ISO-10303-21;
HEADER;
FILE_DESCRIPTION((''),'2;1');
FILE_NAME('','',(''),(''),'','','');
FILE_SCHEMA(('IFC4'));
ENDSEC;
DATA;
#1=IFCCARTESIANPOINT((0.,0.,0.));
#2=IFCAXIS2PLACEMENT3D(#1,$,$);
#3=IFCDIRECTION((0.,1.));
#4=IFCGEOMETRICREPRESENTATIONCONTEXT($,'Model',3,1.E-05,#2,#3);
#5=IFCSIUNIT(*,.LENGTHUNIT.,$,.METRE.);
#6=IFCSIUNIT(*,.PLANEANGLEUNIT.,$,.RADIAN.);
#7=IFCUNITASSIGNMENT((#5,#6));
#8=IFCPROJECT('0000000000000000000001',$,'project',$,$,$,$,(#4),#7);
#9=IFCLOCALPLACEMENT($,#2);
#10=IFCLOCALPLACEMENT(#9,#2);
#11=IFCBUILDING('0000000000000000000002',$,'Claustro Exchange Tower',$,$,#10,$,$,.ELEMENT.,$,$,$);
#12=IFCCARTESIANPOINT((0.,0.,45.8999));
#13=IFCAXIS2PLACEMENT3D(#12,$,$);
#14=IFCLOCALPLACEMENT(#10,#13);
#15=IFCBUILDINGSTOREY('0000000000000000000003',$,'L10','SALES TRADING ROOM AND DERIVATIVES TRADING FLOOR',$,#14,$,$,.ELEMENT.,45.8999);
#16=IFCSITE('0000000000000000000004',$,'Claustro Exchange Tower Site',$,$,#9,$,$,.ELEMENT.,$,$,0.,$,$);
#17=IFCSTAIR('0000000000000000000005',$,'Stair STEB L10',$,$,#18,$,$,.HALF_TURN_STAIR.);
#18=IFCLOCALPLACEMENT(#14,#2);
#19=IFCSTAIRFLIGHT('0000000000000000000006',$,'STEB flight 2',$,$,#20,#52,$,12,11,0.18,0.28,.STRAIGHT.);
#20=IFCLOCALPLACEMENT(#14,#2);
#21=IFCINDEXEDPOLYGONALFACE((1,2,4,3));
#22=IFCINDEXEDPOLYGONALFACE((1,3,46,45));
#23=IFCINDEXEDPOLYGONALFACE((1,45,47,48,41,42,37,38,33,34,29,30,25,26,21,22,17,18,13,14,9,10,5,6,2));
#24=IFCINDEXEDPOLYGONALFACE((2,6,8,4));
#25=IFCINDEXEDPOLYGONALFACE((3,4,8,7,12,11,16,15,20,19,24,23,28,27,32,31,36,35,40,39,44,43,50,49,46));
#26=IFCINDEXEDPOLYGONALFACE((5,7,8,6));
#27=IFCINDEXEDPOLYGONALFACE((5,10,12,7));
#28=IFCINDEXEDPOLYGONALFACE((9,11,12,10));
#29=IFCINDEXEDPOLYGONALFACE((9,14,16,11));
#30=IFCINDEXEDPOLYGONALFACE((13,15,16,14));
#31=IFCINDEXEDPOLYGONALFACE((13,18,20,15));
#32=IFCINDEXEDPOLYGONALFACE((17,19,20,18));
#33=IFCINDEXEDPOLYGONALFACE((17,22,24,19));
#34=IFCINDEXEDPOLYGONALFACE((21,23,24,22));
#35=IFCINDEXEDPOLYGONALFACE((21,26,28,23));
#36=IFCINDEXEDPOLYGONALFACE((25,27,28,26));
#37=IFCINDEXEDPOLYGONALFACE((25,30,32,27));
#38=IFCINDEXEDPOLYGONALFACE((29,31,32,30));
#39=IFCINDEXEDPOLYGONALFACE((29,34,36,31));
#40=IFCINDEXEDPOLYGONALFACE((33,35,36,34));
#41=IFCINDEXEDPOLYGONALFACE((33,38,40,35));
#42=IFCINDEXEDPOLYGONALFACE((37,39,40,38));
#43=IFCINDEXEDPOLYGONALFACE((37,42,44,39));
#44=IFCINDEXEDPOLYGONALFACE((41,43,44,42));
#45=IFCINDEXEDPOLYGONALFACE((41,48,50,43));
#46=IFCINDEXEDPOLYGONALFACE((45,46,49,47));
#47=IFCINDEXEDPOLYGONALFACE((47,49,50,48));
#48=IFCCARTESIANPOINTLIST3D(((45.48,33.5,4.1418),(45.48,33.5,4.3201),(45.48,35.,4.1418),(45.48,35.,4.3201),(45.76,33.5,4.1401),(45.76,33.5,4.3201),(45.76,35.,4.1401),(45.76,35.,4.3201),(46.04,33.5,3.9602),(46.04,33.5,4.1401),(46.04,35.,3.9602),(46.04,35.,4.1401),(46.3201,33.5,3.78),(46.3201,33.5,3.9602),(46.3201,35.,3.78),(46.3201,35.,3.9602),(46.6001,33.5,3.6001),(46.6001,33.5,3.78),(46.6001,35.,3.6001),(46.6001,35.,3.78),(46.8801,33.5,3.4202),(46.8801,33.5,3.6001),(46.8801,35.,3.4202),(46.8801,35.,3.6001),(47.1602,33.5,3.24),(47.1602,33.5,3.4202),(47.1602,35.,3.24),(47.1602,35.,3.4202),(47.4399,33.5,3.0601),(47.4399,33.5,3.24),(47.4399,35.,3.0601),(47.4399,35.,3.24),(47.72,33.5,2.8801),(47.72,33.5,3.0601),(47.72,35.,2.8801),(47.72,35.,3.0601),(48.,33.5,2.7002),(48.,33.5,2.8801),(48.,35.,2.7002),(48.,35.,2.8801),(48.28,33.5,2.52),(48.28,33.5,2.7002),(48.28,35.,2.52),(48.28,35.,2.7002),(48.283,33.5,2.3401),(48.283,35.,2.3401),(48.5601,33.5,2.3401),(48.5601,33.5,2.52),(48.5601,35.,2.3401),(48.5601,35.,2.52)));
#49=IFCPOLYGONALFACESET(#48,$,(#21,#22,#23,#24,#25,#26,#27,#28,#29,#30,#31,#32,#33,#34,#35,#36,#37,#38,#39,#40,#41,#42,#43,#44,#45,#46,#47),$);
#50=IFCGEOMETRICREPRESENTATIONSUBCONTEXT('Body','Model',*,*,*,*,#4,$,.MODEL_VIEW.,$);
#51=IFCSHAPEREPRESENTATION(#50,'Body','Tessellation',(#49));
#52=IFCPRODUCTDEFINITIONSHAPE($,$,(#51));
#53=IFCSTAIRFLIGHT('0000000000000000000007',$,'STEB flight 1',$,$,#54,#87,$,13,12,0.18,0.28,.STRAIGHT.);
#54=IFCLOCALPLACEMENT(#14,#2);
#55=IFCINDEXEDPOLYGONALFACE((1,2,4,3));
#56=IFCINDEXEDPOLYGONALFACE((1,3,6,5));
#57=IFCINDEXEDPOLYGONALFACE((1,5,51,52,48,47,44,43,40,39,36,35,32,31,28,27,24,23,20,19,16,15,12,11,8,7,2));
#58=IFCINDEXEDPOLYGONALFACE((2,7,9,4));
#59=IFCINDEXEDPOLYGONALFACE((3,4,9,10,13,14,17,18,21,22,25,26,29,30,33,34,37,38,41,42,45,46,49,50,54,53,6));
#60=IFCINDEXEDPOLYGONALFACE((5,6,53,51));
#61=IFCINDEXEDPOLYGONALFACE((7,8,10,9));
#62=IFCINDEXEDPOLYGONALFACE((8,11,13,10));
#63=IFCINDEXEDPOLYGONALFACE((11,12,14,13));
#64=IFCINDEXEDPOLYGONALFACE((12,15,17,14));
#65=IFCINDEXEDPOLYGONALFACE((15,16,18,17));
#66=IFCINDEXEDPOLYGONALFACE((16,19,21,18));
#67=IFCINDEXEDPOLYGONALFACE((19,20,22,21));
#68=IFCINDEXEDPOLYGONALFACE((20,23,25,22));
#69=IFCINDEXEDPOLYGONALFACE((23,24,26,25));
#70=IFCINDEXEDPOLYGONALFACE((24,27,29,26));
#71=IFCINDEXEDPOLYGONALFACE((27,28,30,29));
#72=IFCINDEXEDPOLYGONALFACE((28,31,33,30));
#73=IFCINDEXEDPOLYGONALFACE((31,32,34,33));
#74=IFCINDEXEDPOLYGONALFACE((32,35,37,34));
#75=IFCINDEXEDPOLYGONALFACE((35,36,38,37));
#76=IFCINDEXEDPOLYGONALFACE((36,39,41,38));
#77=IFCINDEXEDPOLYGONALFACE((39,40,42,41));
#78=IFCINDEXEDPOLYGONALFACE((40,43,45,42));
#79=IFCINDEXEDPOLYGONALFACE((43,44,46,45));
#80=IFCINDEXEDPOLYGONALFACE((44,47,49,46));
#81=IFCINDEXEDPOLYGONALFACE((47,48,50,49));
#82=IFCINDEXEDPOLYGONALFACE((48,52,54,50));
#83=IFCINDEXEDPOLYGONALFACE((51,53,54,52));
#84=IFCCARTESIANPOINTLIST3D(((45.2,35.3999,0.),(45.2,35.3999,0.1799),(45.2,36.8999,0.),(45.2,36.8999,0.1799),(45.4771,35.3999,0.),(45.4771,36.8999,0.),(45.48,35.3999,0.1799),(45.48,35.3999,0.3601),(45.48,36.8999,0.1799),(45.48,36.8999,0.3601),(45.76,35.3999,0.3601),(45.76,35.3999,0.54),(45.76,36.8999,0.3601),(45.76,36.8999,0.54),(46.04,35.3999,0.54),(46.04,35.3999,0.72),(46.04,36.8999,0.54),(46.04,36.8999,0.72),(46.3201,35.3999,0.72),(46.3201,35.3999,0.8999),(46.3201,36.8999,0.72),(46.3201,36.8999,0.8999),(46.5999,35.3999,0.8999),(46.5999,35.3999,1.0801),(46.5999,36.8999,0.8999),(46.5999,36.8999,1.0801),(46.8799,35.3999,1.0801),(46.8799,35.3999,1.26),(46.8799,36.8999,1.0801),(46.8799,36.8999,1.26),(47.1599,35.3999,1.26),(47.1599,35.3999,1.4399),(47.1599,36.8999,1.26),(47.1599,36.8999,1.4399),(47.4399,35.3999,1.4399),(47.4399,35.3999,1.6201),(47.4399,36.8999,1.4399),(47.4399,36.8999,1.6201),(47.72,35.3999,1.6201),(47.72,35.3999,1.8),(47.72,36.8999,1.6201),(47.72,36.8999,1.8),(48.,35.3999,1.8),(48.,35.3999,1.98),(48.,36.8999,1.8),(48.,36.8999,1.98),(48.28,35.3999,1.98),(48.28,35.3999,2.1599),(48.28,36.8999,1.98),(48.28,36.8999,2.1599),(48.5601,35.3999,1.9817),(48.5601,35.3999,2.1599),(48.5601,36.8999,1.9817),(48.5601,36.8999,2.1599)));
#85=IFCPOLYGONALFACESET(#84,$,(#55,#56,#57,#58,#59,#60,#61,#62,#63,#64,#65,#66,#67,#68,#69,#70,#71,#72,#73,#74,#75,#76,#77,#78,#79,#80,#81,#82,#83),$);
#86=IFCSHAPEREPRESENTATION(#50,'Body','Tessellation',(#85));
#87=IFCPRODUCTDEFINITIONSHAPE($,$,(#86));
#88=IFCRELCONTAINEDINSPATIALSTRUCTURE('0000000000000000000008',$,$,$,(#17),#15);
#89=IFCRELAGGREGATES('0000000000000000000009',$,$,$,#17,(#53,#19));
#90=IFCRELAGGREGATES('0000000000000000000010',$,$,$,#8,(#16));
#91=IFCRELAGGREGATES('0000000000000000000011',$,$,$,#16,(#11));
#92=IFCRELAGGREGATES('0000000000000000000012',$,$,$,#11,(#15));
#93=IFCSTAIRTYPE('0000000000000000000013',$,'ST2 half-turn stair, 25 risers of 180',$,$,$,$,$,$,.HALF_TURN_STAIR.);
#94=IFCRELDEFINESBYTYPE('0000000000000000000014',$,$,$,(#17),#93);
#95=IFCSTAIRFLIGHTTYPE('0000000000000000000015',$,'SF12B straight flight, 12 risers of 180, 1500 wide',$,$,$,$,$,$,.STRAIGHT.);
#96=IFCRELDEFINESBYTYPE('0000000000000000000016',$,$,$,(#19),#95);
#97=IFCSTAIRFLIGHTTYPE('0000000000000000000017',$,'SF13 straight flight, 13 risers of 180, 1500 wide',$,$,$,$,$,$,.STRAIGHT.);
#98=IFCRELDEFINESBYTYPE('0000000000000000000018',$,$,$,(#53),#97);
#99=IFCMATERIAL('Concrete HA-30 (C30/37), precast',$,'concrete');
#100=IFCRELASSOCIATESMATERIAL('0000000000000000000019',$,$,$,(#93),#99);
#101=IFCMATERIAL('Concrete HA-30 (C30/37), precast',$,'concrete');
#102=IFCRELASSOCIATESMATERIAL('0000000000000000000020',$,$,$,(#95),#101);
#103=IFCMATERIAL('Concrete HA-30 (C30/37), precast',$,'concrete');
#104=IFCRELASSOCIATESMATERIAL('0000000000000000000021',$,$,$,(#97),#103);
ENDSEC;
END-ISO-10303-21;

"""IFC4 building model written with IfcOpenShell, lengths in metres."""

from ifc_helpers import new_model, si_unit, direction, frame, origin, place, context, subcontext, project, spatial, polyline, outline, extrude, material, type_object, element, aggregate, save


model = new_model("IFC4")

# Units and contexts
model_context = context("Model", 3, precision=1e-05, world=origin(), true_north=direction((0.0, 1.0)))
body_context = subcontext(model_context, "Body", "Model", "MODEL_VIEW")
ifc_project = project(units=[si_unit("LENGTHUNIT", "METRE"), si_unit("PLANEANGLEUNIT", "RADIAN")], contexts=[model_context])

# Site, building, storey
site_placement = place(None, origin())
site = spatial("IfcSite", under=ifc_project, at=site_placement, Name="Claustro Exchange Tower Site", CompositionType="ELEMENT", RefElevation=0.0)
building_placement = place(site_placement, origin())
building = spatial("IfcBuilding", under=site, at=building_placement, Name="Claustro Exchange Tower", CompositionType="ELEMENT")
storey_placement = place(building_placement, frame((0.0, 0.0, 45.8999)))
storey = spatial("IfcBuildingStorey", under=building, at=storey_placement, Name="L10", Description="SALES TRADING ROOM AND DERIVATIVES TRADING FLOOR", CompositionType="ELEMENT", Elevation=45.8999)

# Stair, stair flights
ifc_material_1 = material(Name="Concrete HA-30 (C30/37), precast", Category="concrete")
stair_type = type_object("IfcStairType", Name="ST2 half-turn stair, 25 risers of 180", PredefinedType="HALF_TURN_STAIR", material=ifc_material_1)
stair_placement = place(storey_placement, origin())
stair = element("IfcStair", 1, at=stair_placement, inside=storey, type_object=stair_type, Name="Stair STEB L10", PredefinedType="HALF_TURN_STAIR")
ifc_material_2 = material(Name="Concrete HA-30 (C30/37), precast", Category="concrete")
stair_flight_type_1 = type_object("IfcStairFlightType", Name="SF12B straight flight, 12 risers of 180, 1500 wide", PredefinedType="STRAIGHT", material=ifc_material_2)
stair_flight_1_placement = place(storey_placement, frame((48.5601, 34.25, 2.3401), z_axis=(0.0, 0.0, 1.0), x_axis=(-1.0, 0.0, 0.0)))
stair_flight_1 = element("IfcStairFlight", 2, at=stair_flight_1_placement, type_object=stair_flight_type_1, Name="STEB flight 2", NumberOfRisers=12, NumberOfTreads=11, PredefinedType="STRAIGHT", RiserHeight=0.18, TreadLength=0.28, context=body_context, shape_type="SweptSolid", body=[
    extrude(outline(polyline([(0.0, 0.0), (0.0, 0.1799), (0.28, 0.1799), (0.28, 0.3601), (0.5601, 0.3601), (0.5601, 0.54), (0.8401, 0.54), (0.8401, 0.72), (1.1201, 0.72), (1.1201, 0.8999), (1.3999, 0.8999), (1.3999, 1.0801), (1.6799, 1.0801), (1.6799, 1.26), (1.96, 1.26), (1.96, 1.4399), (2.24, 1.4399), (2.24, 1.6201), (2.52, 1.6201), (2.52, 1.8), (2.8, 1.8), (2.8, 1.98), (3.0801, 1.98), (3.0801, 2.1599), (3.0801, 1.8018), (0.2771, 0.0), (0.0, 0.0)])), frame((0.0, 0.75, 0.0), z_axis=(0.0, -1.0, 0.0), x_axis=(1.0, 0.0, 0.0)), (0.0, 0.0, 1.0), 1.5),
])
ifc_material_3 = material(Name="Concrete HA-30 (C30/37), precast", Category="concrete")
stair_flight_type_2 = type_object("IfcStairFlightType", Name="SF13 straight flight, 13 risers of 180, 1500 wide", PredefinedType="STRAIGHT", material=ifc_material_3)
stair_flight_2_placement = place(storey_placement, frame((45.2, 36.1499, 0.0), z_axis=(0.0, 0.0, 1.0), x_axis=(1.0, 0.0, 0.0)))
stair_flight_2 = element("IfcStairFlight", 3, at=stair_flight_2_placement, type_object=stair_flight_type_2, Name="STEB flight 1", NumberOfRisers=13, NumberOfTreads=12, PredefinedType="STRAIGHT", RiserHeight=0.18, TreadLength=0.28, context=body_context, shape_type="SweptSolid", body=[
    extrude(outline(polyline([(0.0, 0.0), (0.0, 0.1799), (0.28, 0.1799), (0.28, 0.3601), (0.5601, 0.3601), (0.5601, 0.54), (0.8401, 0.54), (0.8401, 0.72), (1.1201, 0.72), (1.1201, 0.8999), (1.3999, 0.8999), (1.3999, 1.0801), (1.6799, 1.0801), (1.6799, 1.26), (1.96, 1.26), (1.96, 1.4399), (2.24, 1.4399), (2.24, 1.6201), (2.52, 1.6201), (2.52, 1.8), (2.8, 1.8), (2.8, 1.98), (3.0801, 1.98), (3.0801, 2.1599), (3.3601, 2.1599), (3.3601, 2.3401), (3.3601, 1.9817), (0.2771, 0.0), (0.0, 0.0)])), frame((0.0, 0.75, 0.0), z_axis=(0.0, -1.0, 0.0), x_axis=(1.0, 0.0, 0.0)), (0.0, 0.0, 1.0), 1.5),
])
aggregate(stair, [stair_flight_2, stair_flight_1])

save(model, "model.ifc")
